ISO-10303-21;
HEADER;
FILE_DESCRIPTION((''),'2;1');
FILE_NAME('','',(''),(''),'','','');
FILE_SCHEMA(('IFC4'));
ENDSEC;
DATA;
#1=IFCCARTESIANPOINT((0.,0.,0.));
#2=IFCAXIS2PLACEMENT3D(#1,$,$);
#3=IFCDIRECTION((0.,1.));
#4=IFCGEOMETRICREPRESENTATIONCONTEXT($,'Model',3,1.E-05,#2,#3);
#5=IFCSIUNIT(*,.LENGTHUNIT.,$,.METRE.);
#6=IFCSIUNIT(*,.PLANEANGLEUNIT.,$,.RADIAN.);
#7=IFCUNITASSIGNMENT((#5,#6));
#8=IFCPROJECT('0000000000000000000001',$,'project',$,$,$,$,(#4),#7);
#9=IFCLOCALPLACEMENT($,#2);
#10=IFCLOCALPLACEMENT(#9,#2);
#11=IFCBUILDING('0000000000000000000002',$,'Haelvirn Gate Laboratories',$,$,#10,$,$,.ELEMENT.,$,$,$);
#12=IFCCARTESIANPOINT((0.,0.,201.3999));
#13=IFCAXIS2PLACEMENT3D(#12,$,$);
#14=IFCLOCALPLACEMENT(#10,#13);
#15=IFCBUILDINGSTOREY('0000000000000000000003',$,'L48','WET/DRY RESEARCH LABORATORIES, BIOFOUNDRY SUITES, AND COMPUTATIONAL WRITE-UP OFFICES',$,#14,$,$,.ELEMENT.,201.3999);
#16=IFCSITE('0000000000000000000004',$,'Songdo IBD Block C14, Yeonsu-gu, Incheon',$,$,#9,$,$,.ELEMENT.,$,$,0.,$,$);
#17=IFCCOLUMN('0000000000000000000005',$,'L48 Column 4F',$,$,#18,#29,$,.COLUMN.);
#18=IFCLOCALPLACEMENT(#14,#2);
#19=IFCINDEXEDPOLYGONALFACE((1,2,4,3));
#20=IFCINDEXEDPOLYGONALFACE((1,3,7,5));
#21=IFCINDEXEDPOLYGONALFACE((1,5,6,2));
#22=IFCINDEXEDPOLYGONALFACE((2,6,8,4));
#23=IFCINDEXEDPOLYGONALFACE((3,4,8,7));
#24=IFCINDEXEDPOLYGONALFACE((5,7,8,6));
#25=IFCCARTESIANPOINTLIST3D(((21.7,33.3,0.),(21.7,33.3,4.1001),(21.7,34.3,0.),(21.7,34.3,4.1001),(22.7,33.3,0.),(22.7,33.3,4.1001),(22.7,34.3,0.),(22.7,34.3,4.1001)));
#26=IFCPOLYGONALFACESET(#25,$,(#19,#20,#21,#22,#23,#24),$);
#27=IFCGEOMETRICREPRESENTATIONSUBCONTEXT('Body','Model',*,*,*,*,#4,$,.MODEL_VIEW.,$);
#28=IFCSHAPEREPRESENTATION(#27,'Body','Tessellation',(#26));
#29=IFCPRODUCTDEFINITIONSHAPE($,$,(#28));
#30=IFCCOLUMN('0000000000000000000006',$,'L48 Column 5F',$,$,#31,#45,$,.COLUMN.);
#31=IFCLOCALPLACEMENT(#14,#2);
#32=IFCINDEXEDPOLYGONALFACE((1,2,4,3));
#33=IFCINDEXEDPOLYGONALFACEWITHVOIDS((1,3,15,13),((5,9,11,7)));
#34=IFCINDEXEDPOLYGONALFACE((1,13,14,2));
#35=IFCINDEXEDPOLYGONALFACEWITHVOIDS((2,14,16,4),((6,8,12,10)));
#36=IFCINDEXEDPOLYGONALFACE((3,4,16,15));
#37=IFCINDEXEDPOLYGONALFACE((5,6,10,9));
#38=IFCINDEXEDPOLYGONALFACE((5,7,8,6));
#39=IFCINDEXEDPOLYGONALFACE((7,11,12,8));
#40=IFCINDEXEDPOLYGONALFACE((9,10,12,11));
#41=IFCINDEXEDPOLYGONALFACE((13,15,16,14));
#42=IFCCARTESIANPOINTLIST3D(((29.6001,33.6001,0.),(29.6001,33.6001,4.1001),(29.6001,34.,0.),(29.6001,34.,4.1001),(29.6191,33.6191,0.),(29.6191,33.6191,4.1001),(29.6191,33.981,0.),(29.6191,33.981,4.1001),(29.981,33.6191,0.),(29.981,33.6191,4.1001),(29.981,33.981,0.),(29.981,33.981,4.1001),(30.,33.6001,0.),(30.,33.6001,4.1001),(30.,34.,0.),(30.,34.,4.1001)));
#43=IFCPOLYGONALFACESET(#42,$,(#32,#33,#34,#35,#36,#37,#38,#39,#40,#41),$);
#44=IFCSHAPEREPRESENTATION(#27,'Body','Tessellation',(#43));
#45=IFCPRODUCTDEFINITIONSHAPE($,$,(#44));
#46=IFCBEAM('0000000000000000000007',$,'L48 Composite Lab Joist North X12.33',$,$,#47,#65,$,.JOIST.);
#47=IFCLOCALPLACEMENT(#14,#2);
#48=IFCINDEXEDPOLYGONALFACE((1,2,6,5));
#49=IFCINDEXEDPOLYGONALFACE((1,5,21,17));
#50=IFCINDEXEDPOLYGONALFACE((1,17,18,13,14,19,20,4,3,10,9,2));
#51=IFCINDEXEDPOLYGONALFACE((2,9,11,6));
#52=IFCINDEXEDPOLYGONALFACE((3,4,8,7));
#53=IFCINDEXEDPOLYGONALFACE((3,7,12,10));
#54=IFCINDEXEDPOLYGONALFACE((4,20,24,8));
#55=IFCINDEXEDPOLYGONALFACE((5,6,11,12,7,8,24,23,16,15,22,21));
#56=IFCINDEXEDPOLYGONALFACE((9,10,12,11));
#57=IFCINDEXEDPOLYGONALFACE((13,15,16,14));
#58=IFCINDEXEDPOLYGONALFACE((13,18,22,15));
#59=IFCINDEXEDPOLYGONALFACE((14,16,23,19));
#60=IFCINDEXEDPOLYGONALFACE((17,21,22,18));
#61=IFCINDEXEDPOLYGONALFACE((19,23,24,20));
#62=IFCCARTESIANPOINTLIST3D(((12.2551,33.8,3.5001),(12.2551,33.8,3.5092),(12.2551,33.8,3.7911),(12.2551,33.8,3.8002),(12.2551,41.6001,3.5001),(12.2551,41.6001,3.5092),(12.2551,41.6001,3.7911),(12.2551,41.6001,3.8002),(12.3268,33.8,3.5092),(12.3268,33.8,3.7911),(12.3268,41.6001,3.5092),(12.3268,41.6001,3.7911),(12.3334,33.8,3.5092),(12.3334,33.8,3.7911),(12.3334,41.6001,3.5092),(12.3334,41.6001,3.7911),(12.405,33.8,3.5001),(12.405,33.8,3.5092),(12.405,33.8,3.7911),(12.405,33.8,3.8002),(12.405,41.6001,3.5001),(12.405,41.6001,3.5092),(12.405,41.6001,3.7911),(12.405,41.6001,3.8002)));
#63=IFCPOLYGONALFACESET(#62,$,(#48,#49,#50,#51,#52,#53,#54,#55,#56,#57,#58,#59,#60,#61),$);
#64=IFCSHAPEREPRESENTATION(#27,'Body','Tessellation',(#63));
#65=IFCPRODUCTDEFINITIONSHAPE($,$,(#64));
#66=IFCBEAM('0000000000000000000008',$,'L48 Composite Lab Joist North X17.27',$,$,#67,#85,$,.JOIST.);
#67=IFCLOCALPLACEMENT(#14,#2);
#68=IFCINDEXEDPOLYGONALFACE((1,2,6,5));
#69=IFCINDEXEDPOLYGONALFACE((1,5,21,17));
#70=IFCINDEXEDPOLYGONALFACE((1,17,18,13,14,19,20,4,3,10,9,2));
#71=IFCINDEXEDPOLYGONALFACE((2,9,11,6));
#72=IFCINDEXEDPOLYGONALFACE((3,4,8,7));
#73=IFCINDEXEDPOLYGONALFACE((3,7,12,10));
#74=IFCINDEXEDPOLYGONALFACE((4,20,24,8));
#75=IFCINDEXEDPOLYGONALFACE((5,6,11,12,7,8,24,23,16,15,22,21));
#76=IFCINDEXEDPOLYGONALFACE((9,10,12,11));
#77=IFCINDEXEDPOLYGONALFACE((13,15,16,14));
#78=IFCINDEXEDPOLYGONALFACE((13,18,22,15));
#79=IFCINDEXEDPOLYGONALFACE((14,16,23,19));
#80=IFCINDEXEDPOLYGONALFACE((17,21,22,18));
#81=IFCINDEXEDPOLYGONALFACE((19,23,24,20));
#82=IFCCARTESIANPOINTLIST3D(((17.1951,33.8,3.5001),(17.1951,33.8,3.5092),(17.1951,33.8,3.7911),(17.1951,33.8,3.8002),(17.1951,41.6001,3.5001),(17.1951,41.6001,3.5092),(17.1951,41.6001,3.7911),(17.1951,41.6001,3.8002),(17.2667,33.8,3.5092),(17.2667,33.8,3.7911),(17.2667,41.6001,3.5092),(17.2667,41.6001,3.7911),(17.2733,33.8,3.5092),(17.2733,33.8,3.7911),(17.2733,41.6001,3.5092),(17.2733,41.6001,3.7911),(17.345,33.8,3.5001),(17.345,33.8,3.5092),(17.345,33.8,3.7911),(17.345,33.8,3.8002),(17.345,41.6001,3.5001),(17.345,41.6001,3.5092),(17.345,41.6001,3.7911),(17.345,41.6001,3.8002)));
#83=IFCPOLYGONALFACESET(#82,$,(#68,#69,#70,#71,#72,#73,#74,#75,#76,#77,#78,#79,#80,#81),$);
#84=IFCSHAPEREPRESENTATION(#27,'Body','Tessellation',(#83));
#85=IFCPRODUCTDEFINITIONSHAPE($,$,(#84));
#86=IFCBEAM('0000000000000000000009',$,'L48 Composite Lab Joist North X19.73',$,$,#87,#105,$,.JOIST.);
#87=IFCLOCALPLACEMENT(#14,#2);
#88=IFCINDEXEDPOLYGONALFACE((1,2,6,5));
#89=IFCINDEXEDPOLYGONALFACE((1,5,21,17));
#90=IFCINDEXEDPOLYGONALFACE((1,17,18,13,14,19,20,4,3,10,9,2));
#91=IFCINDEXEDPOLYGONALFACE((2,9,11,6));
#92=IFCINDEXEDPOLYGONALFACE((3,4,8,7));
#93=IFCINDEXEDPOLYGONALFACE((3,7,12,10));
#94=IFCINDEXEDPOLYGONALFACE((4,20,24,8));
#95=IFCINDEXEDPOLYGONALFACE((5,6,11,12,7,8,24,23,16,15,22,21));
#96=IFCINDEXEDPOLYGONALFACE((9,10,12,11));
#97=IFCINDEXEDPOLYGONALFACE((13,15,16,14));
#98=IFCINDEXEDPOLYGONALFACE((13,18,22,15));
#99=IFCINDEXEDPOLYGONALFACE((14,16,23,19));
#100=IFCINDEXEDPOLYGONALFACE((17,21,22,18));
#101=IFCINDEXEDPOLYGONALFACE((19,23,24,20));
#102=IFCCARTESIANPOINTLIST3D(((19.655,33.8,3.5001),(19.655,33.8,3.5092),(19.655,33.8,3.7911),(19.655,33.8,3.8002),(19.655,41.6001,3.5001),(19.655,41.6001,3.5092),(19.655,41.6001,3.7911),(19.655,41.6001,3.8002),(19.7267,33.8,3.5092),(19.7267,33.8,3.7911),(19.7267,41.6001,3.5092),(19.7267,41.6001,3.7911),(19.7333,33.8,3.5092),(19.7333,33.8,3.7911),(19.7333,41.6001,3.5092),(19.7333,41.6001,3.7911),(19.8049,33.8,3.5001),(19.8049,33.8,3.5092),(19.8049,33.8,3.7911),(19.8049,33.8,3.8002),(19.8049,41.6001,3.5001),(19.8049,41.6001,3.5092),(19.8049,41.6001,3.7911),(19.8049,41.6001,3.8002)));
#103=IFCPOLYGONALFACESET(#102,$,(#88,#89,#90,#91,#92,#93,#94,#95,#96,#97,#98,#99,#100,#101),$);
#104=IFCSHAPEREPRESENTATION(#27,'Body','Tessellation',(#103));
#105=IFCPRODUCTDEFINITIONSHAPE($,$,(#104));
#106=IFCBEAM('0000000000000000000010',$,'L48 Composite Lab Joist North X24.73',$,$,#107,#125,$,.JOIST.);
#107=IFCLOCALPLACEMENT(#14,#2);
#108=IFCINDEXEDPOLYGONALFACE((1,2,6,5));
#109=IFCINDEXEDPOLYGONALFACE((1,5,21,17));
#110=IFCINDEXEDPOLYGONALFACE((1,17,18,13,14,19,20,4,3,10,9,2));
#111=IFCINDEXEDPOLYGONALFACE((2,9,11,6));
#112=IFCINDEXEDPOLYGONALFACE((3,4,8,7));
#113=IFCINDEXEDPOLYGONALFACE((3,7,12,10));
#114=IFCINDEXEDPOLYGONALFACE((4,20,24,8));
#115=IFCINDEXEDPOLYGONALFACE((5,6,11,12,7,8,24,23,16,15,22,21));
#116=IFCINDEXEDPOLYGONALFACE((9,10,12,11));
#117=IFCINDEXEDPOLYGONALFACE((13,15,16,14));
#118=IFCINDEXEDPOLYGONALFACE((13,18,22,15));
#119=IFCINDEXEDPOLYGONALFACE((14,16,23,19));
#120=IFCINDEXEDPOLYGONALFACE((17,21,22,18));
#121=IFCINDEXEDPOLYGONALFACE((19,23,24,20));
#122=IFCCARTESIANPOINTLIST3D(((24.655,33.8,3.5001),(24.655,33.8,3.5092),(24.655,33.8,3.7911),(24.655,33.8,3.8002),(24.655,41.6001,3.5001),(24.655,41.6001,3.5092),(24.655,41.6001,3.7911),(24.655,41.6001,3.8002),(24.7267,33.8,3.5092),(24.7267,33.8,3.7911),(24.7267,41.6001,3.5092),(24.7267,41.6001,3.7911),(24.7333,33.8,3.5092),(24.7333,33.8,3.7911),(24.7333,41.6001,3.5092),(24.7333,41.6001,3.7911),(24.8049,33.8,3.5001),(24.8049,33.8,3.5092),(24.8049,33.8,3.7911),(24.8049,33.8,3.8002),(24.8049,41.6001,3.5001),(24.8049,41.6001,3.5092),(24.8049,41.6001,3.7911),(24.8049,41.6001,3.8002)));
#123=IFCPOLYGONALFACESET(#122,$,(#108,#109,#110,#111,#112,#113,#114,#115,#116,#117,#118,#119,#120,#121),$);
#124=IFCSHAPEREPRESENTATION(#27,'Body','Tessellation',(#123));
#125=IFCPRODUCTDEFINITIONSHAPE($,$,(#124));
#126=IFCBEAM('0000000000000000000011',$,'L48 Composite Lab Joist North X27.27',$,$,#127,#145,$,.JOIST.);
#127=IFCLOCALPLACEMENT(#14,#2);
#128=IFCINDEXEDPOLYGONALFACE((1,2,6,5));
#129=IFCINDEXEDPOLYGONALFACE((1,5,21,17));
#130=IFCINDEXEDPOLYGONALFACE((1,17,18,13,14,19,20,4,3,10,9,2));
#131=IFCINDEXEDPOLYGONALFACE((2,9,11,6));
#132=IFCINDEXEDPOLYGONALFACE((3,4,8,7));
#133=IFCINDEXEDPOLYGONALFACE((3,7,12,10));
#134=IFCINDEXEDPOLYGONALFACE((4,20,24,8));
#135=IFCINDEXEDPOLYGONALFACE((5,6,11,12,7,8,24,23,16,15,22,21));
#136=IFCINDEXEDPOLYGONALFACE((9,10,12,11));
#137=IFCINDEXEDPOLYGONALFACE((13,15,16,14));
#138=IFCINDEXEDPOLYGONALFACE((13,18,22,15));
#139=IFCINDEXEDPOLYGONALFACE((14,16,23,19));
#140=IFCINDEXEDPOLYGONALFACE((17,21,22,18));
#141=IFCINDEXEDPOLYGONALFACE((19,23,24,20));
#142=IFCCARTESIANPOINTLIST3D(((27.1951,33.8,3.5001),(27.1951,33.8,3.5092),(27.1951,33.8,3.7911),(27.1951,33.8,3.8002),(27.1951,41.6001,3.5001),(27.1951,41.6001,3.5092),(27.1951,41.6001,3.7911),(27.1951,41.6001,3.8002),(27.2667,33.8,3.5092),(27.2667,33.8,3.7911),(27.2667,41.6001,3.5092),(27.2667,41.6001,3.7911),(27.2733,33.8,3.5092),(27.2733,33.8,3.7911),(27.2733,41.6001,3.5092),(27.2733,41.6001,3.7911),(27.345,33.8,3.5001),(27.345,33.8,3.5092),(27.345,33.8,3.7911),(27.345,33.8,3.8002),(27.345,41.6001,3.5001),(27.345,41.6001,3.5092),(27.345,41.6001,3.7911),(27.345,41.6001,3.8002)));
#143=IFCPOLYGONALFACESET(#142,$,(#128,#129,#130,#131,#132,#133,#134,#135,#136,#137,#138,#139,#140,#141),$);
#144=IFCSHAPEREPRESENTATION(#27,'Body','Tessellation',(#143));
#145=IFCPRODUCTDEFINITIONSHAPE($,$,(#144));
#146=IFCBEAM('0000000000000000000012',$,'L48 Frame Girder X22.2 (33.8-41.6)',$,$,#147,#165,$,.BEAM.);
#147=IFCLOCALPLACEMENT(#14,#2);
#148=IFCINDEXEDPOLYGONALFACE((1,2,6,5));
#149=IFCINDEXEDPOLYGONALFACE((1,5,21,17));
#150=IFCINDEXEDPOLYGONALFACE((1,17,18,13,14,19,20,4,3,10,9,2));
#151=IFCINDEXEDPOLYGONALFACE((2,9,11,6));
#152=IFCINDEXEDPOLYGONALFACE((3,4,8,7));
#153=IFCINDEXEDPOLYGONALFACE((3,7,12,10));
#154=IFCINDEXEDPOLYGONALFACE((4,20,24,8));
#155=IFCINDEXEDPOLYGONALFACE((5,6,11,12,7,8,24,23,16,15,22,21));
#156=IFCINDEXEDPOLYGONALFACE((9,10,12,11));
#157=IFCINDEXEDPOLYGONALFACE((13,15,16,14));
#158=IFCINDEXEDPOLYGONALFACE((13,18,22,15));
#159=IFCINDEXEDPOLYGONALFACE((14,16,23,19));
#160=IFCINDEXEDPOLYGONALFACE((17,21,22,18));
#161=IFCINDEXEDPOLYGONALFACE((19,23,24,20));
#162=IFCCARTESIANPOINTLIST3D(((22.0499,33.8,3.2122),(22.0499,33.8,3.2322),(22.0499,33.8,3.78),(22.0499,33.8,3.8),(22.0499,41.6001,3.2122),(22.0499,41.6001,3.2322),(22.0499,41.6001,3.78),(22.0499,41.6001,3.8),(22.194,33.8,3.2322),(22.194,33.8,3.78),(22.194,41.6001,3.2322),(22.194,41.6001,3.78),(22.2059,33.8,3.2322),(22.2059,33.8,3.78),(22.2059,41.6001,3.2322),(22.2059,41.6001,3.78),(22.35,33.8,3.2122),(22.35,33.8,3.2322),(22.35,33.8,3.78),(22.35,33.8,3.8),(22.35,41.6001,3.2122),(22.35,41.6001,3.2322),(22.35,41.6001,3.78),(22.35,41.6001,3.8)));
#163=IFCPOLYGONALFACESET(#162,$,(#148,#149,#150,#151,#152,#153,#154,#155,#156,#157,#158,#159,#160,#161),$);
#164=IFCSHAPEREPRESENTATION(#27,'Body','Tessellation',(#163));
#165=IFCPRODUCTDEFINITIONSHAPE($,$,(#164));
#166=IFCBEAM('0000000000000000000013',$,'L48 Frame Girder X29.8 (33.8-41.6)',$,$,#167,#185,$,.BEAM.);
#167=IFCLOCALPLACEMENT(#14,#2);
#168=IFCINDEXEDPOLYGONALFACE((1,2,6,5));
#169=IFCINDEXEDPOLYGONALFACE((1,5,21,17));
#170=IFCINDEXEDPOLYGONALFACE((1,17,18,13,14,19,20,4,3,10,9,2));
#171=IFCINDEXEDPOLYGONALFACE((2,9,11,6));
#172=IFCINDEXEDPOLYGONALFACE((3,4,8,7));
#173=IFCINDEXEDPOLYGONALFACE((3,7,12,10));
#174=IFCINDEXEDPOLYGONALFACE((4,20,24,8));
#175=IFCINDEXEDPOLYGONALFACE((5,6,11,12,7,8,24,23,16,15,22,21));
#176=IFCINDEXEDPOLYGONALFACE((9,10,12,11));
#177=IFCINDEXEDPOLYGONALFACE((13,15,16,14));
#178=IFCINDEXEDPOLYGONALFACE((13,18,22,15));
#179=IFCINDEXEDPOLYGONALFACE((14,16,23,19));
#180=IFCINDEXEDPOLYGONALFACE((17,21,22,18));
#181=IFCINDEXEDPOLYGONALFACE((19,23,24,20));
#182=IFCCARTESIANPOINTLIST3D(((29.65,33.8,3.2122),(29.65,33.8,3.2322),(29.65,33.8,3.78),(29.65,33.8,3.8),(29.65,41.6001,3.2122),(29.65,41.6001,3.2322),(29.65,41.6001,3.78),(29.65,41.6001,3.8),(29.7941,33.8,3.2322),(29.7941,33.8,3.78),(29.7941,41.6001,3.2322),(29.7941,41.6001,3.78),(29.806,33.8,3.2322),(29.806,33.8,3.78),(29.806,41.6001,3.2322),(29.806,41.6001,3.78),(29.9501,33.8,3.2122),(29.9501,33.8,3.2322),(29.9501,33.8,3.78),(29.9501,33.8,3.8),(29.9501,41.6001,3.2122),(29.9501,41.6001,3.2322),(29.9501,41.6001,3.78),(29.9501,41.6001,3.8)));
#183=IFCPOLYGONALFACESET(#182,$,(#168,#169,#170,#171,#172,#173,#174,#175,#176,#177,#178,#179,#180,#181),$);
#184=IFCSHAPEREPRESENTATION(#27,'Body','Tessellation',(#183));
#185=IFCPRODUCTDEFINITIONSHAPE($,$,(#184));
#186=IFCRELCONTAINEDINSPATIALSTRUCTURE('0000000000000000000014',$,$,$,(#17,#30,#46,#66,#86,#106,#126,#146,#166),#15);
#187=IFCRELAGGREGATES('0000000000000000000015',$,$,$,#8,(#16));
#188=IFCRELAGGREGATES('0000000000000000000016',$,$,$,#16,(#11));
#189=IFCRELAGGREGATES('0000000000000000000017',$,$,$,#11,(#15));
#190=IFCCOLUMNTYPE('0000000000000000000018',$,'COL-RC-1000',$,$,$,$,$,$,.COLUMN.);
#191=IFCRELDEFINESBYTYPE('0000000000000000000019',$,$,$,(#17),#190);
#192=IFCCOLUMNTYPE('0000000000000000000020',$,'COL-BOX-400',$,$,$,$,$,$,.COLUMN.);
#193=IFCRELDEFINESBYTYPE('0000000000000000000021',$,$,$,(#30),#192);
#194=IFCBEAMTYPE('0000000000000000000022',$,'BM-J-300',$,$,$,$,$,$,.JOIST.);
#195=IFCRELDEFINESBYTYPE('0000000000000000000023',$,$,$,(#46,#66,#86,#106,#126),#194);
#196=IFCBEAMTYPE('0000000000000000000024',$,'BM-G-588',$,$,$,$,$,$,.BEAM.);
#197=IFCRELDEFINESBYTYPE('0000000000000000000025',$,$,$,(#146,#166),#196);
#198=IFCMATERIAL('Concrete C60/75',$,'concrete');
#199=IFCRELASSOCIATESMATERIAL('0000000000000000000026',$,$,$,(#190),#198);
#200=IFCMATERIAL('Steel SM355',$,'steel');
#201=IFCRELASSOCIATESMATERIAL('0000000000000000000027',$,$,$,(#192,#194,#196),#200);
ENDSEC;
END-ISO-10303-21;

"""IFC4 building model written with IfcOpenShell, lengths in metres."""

from ifc_helpers import new_model, si_unit, direction, frame, origin, origin_2d, place, context, subcontext, project, spatial, rectangle, hollow_rectangle, i_section, extrude, source, transform, mapped, material, material_profile, profile_set, type_object, type_shapes, element, save


model = new_model("IFC4")

# Units and contexts
model_context = context("Model", 3, precision=1e-05, world=origin(), true_north=direction((0.0, 1.0)))
body_context = subcontext(model_context, "Body", "Model", "MODEL_VIEW")
ifc_project = project(units=[si_unit("LENGTHUNIT", "METRE"), si_unit("PLANEANGLEUNIT", "RADIAN")], contexts=[model_context])

# Site, building, storey
site_placement = place(None, origin())
site = spatial("IfcSite", under=ifc_project, at=site_placement, Name="Songdo IBD Block C14, Yeonsu-gu, Incheon", CompositionType="ELEMENT", RefElevation=0.0)
building_placement = place(site_placement, origin())
building = spatial("IfcBuilding", under=site, at=building_placement, Name="Haelvirn Gate Laboratories", CompositionType="ELEMENT")
storey_placement = place(building_placement, frame((0.0, 0.0, 201.3999)))
storey = spatial("IfcBuildingStorey", under=building, at=storey_placement, Name="L48", Description="WET/DRY RESEARCH LABORATORIES, BIOFOUNDRY SUITES, AND COMPUTATIONAL WRITE-UP OFFICES", CompositionType="ELEMENT", Elevation=201.3999)

# Columns
ifc_material_1 = material(Name="Concrete C60/75", Category="concrete")
ifc_material_profile_1 = material_profile(ifc_material_1, rectangle(XDim=1.0, YDim=1.0, at=origin_2d()), Name="RC-1000x1000")
ifc_profile_set_1 = profile_set([ifc_material_profile_1], Name="Concrete C60/75")
column_type_1 = type_object("IfcColumnType", Name="COL-RC-1000", PredefinedType="COLUMN", material=ifc_profile_set_1)
shared_shape_1 = source(origin(), body_context, "Body", "SweptSolid", [
    extrude(rectangle(XDim=1.0, YDim=1.0, at=origin_2d()), origin(), (0.0, 0.0, 1.0), 4.1001),
])
type_shapes(column_type_1, [shared_shape_1])
column_1_placement = place(storey_placement, frame((22.2, 33.8, 0.0), z_axis=(0.0, 0.0, 1.0), x_axis=(1.0, 0.0, 0.0)))
element("IfcColumn", 1, at=column_1_placement, inside=storey, type_object=column_type_1, Name="L48 Column 4F", PredefinedType="COLUMN", context=body_context, shape_type="MappedRepresentation", body=[
    mapped(shared_shape_1, transform((0.0, 0.0, 0.0), scale=1.0)),
])
ifc_material_2 = material(Name="Steel SM355", Category="steel")
ifc_material_profile_2 = material_profile(ifc_material_2, hollow_rectangle(XDim=0.3999, YDim=0.3999, WallThickness=0.019, at=origin_2d()), Name="BOX-400x400x19")
ifc_profile_set_2 = profile_set([ifc_material_profile_2], Name="Steel SM355")
column_type_2 = type_object("IfcColumnType", Name="COL-BOX-400", PredefinedType="COLUMN", material=ifc_profile_set_2)
shared_shape_2 = source(origin(), body_context, "Body", "SweptSolid", [
    extrude(hollow_rectangle(XDim=0.3999, YDim=0.3999, WallThickness=0.019, at=origin_2d()), origin(), (0.0, 0.0, 1.0), 4.1001),
])
type_shapes(column_type_2, [shared_shape_2])
column_2_placement = place(storey_placement, frame((29.8, 33.8, 0.0), z_axis=(0.0, 0.0, 1.0), x_axis=(1.0, 0.0, 0.0)))
element("IfcColumn", 2, at=column_2_placement, inside=storey, type_object=column_type_2, Name="L48 Column 5F", PredefinedType="COLUMN", context=body_context, shape_type="MappedRepresentation", body=[
    mapped(shared_shape_2, transform((0.0, 0.0, 0.0), scale=1.0)),
])

# Beams
ifc_material_profile_3 = material_profile(ifc_material_2, i_section(OverallWidth=0.1499, OverallDepth=0.3, WebThickness=0.0066, FlangeThickness=0.009, at=origin_2d()), Name="H-300x150x6.5x9")
ifc_profile_set_3 = profile_set([ifc_material_profile_3], Name="Steel SM355")
beam_type_1 = type_object("IfcBeamType", Name="BM-J-300", PredefinedType="JOIST", material=ifc_profile_set_3)
shared_shape_3 = source(origin(), body_context, "Body", "SweptSolid", [
    extrude(i_section(OverallWidth=0.1499, OverallDepth=0.3, WebThickness=0.0066, FlangeThickness=0.009, at=origin_2d()), origin(), (0.0, 0.0, 1.0), 7.8),
])
type_shapes(beam_type_1, [shared_shape_3])
for number, where, z_axis, x_axis, name in (
    (3, (12.3301, 33.8, 3.6501), (0.0, 1.0, 0.0), (-1.0, 0.0, 0.0), "L48 Composite Lab Joist North X12.33"),
    (4, (17.27, 33.8, 3.6501), (0.0, 1.0, 0.0), (-1.0, 0.0, 0.0), "L48 Composite Lab Joist North X17.27"),
    (5, (19.73, 33.8, 3.6501), (0.0, 1.0, 0.0), (-1.0, 0.0, 0.0), "L48 Composite Lab Joist North X19.73"),
    (6, (24.73, 33.8, 3.6501), (0.0, 1.0, 0.0), (-1.0, 0.0, 0.0), "L48 Composite Lab Joist North X24.73"),
    (7, (27.27, 33.8, 3.6501), (0.0, 1.0, 0.0), (-1.0, 0.0, 0.0), "L48 Composite Lab Joist North X27.27"),
):
    element("IfcBeam", number, at=place(storey_placement, frame(where, z_axis=z_axis, x_axis=x_axis)), inside=storey, type_object=beam_type_1, Name=name, PredefinedType="JOIST", context=body_context, shape_type="MappedRepresentation", body=[
        mapped(shared_shape_3, transform((0.0, 0.0, 0.0), scale=1.0)),
    ])
ifc_material_profile_4 = material_profile(ifc_material_2, i_section(OverallWidth=0.3, OverallDepth=0.5879, WebThickness=0.012, FlangeThickness=0.02, at=origin_2d()), Name="H-588x300x12x20")
ifc_profile_set_4 = profile_set([ifc_material_profile_4], Name="Steel SM355")
beam_type_2 = type_object("IfcBeamType", Name="BM-G-588", PredefinedType="BEAM", material=ifc_profile_set_4)
shared_shape_4 = source(origin(), body_context, "Body", "SweptSolid", [
    extrude(i_section(OverallWidth=0.3, OverallDepth=0.5879, WebThickness=0.012, FlangeThickness=0.02, at=origin_2d()), origin(), (0.0, 0.0, 1.0), 7.8),
])
type_shapes(beam_type_2, [shared_shape_4])
for number, where, z_axis, x_axis, name in (
    (8, (22.2, 33.8, 3.5061), (0.0, 1.0, 0.0), (-1.0, 0.0, 0.0), "L48 Frame Girder X22.2 (33.8-41.6)"),
    (9, (29.8, 33.8, 3.5061), (0.0, 1.0, 0.0), (-1.0, 0.0, 0.0), "L48 Frame Girder X29.8 (33.8-41.6)"),
):
    element("IfcBeam", number, at=place(storey_placement, frame(where, z_axis=z_axis, x_axis=x_axis)), inside=storey, type_object=beam_type_2, Name=name, PredefinedType="BEAM", context=body_context, shape_type="MappedRepresentation", body=[
        mapped(shared_shape_4, transform((0.0, 0.0, 0.0), scale=1.0)),
    ])

save(model, "model.ifc")
